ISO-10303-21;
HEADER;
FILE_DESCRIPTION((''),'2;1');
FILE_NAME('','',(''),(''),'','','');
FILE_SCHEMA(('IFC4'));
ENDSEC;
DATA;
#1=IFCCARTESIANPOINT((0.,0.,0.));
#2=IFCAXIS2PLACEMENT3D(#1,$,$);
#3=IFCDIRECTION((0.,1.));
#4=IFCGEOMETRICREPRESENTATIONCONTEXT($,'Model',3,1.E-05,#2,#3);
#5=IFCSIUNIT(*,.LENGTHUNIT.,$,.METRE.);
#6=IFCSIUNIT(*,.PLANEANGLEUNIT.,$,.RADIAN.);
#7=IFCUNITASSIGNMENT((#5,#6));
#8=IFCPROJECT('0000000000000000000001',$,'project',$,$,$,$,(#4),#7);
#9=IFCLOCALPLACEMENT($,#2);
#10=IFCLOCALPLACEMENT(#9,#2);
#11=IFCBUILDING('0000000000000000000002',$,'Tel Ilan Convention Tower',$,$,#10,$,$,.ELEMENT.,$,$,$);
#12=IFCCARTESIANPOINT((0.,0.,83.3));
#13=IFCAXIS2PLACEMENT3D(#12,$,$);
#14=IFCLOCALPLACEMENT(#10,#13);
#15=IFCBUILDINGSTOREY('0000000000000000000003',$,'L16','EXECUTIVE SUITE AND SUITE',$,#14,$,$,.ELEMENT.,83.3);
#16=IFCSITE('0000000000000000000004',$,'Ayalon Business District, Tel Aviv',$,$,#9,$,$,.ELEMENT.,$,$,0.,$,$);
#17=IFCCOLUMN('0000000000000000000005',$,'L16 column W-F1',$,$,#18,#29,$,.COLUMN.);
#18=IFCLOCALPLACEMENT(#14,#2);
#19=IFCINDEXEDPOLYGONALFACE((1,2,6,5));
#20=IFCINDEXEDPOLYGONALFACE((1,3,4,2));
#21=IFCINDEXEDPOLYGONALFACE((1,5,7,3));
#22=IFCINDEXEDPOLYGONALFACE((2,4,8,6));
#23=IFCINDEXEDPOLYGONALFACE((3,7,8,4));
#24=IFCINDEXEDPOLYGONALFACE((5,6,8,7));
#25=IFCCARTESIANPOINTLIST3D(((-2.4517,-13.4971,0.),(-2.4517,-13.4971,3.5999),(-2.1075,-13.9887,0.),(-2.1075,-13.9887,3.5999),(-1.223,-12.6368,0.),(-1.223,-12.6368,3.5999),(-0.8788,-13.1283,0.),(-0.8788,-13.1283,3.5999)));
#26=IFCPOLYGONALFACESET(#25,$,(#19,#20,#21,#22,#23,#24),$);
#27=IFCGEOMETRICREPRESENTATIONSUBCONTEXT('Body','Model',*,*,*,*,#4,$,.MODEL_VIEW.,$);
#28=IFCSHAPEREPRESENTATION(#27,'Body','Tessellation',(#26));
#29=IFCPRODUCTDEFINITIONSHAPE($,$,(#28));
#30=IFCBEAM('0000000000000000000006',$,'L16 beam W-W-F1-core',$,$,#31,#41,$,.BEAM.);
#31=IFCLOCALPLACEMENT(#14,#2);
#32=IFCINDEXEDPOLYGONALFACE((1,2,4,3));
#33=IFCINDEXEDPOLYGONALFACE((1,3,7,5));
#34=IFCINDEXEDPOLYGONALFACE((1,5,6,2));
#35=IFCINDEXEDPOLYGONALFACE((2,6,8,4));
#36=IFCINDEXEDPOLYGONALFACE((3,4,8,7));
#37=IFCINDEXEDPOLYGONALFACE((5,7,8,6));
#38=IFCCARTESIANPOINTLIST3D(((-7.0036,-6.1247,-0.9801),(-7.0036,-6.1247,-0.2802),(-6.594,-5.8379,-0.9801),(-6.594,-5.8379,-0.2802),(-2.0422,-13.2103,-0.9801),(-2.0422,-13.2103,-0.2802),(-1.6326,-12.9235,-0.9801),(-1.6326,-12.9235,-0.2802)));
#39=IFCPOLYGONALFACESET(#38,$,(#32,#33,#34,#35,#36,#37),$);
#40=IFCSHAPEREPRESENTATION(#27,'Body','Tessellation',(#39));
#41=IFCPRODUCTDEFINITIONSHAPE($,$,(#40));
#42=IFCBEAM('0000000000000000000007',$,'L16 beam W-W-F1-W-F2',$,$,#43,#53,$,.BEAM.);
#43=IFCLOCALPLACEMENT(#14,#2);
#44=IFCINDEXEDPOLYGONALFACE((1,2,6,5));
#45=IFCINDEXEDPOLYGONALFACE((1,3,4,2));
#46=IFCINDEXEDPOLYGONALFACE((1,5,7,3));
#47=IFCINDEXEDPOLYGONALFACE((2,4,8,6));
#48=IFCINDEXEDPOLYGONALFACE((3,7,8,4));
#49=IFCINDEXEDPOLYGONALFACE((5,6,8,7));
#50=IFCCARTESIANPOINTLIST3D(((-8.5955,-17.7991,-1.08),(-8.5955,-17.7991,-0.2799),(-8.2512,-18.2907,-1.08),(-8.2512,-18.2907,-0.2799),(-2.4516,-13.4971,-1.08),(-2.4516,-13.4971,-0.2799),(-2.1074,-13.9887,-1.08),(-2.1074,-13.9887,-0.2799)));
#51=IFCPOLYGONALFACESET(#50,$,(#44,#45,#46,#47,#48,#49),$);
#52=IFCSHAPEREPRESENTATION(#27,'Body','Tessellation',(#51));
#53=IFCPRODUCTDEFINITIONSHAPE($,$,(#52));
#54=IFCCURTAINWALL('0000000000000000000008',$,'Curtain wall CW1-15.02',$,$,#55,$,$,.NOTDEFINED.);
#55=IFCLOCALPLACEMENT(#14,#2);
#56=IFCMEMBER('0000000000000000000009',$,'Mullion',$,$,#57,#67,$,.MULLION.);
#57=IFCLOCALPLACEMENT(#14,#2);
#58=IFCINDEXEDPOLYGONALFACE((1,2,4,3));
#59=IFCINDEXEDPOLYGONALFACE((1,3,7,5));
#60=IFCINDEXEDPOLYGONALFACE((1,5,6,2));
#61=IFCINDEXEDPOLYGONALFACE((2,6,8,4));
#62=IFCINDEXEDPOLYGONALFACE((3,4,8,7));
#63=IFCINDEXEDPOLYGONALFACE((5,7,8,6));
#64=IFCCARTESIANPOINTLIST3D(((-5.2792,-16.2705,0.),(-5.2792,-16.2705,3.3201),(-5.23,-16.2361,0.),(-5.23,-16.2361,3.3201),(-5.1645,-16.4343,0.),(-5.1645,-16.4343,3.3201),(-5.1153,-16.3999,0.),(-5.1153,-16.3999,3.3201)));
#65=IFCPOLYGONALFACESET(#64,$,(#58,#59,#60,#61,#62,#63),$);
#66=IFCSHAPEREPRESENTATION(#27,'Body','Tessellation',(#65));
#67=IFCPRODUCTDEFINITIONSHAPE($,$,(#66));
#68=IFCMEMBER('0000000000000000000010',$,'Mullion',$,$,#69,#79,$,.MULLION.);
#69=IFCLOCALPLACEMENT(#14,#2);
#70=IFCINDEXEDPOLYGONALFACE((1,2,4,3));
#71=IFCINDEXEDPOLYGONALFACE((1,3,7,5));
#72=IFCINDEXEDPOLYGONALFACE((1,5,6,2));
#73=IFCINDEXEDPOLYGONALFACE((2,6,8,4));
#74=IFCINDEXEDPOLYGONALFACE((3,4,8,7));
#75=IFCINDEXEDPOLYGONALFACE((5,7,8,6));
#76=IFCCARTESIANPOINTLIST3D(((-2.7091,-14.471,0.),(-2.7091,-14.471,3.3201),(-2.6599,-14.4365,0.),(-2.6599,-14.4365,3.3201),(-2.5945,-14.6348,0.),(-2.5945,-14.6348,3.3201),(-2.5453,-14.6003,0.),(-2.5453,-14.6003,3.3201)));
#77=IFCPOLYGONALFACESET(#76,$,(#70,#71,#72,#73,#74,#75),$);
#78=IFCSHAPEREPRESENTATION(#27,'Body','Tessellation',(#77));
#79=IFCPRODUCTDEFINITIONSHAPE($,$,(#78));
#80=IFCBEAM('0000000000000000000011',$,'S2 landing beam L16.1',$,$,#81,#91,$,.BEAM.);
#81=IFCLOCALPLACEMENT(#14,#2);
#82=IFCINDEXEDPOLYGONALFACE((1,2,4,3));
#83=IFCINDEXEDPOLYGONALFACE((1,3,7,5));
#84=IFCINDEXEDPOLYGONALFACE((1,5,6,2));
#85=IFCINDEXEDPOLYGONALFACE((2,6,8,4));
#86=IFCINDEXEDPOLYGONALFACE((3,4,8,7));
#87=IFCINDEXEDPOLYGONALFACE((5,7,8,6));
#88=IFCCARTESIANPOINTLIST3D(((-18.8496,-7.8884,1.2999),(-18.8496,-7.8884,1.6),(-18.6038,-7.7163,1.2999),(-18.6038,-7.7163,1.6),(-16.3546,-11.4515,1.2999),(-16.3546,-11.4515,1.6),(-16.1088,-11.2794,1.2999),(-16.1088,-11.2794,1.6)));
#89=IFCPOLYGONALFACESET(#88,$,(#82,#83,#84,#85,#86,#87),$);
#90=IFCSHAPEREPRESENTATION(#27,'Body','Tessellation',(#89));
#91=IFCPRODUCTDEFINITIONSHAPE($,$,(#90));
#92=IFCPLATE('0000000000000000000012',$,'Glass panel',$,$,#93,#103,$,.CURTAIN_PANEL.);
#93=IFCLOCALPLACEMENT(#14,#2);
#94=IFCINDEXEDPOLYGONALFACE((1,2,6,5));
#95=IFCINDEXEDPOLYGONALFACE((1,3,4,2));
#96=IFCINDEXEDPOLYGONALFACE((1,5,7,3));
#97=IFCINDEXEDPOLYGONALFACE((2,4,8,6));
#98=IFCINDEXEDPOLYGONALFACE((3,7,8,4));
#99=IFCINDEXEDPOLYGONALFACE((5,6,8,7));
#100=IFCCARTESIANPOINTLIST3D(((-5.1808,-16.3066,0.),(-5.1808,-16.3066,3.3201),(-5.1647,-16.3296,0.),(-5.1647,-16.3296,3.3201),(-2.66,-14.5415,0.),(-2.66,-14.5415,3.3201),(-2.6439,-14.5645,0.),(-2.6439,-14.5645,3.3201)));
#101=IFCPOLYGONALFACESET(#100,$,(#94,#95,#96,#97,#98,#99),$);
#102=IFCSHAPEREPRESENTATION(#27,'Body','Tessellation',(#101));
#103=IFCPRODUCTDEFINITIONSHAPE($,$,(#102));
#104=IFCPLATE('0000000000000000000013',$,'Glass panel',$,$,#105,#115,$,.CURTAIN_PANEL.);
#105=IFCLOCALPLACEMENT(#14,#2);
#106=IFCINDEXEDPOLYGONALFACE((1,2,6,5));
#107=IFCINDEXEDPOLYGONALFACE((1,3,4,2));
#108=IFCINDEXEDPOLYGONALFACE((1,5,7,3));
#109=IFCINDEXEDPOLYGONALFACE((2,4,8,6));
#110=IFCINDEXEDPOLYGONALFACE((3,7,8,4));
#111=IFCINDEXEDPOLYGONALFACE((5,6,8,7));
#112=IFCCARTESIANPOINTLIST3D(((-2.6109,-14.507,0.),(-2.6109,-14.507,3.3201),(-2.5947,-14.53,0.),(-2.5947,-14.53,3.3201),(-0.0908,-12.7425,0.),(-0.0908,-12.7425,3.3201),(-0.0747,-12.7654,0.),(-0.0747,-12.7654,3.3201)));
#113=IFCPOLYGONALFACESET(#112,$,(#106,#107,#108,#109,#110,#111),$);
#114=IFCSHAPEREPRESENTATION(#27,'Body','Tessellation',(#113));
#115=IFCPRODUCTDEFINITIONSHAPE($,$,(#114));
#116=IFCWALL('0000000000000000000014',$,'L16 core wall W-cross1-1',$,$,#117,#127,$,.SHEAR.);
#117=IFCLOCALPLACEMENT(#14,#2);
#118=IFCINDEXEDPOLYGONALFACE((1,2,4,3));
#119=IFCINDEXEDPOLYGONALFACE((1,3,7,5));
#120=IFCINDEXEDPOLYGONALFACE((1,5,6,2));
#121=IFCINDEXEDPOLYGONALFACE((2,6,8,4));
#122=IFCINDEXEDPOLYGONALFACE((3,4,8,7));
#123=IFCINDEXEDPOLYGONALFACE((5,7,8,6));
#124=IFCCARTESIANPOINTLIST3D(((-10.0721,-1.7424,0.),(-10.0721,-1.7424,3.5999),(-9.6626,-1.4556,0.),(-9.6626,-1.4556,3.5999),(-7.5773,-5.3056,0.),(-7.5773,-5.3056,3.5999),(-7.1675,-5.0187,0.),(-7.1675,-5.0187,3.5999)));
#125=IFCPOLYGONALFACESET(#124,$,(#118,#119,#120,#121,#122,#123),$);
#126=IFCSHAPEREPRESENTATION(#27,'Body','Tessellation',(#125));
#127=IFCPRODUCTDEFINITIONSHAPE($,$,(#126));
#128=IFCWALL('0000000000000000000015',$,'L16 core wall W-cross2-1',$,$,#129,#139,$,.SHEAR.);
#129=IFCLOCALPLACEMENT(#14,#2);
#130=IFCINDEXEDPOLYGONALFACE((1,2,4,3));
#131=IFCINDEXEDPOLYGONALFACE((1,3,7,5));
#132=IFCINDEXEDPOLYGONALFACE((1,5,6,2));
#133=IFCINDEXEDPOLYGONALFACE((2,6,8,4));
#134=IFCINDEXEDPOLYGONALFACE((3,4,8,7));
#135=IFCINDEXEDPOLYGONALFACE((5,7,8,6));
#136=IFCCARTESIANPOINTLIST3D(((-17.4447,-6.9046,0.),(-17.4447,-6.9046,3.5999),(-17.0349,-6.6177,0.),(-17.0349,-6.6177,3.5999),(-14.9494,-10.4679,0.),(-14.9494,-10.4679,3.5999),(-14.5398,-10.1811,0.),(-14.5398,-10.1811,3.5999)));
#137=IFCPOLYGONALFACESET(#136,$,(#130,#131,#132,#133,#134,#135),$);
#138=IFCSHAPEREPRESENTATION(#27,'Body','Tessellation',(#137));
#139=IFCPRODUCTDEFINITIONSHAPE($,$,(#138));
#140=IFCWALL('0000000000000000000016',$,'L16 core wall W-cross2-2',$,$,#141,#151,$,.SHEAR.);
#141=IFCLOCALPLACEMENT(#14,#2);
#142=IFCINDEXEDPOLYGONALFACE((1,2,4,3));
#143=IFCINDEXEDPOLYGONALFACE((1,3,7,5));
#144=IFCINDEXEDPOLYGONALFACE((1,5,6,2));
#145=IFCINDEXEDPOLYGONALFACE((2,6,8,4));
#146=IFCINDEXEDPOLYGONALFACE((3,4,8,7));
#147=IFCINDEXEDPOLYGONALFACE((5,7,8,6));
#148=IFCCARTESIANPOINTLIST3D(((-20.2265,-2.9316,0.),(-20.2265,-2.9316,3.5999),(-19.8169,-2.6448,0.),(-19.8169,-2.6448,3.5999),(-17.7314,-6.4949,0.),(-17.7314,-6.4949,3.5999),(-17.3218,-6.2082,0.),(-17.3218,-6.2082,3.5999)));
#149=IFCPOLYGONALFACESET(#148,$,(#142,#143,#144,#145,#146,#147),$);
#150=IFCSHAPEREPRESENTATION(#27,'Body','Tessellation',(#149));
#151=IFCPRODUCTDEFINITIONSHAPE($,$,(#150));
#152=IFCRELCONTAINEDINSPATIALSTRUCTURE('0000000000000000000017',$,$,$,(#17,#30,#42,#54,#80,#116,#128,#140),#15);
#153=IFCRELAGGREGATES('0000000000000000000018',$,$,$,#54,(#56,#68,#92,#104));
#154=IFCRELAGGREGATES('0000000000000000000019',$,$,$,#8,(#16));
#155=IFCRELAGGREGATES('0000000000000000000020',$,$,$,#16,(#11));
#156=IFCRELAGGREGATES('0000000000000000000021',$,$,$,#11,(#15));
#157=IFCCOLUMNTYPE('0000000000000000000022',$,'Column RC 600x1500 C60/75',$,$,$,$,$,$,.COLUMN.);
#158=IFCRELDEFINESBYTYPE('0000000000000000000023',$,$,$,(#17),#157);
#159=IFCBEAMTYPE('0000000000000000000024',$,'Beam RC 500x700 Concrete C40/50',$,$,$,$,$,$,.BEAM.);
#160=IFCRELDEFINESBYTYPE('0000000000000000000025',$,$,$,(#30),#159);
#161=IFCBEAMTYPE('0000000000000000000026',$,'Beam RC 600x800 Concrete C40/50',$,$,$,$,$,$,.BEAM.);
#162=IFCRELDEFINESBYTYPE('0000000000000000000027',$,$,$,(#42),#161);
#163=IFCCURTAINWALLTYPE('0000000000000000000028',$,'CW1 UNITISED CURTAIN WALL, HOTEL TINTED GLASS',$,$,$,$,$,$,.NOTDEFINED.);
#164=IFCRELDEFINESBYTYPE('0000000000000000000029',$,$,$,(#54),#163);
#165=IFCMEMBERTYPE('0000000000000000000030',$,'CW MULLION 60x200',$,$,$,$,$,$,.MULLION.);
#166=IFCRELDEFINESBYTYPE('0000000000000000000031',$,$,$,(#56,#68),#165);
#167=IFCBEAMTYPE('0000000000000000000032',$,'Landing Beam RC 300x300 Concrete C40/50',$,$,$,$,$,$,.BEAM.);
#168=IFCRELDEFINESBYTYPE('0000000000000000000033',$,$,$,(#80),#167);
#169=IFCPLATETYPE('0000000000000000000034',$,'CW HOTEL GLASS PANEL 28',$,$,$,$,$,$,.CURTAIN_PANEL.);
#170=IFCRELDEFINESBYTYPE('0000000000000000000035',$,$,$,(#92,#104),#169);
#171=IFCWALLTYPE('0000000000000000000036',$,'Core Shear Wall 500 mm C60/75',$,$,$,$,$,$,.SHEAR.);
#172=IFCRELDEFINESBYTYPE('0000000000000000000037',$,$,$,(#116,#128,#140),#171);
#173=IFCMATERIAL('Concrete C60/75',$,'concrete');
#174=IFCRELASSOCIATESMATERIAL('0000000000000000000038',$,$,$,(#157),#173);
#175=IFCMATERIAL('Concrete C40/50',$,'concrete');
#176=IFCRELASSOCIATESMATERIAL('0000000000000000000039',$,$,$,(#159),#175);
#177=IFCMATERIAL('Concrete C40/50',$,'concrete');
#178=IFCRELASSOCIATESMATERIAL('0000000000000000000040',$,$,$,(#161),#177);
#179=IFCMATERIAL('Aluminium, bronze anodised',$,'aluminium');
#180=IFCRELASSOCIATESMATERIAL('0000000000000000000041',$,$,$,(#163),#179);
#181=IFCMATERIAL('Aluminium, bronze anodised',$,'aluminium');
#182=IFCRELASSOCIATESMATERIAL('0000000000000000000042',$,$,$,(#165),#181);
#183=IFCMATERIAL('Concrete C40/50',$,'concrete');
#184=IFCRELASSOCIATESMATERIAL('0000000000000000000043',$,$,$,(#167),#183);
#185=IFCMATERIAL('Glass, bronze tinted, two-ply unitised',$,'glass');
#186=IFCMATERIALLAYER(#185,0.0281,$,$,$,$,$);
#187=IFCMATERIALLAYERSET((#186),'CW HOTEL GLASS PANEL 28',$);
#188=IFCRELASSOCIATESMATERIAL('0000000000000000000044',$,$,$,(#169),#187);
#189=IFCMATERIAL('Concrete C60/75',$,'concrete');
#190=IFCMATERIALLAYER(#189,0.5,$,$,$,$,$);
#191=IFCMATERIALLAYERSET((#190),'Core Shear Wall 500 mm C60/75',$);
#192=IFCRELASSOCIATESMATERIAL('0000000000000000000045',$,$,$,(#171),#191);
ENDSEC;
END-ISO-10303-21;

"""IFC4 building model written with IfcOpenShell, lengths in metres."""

from ifc_helpers import new_model, si_unit, direction, frame, origin, origin_2d, place, context, subcontext, project, spatial, polyline, rectangle, outline, extrude, material, layer, layer_set, material_profile, profile_set, type_object, element, aggregate, save


model = new_model("IFC4")

# Units and contexts
model_context = context("Model", 3, precision=1e-05, world=origin(), true_north=direction((0.0, 1.0)))
body_context = subcontext(model_context, "Body", "Model", "MODEL_VIEW")
ifc_project = project(units=[si_unit("LENGTHUNIT", "METRE"), si_unit("PLANEANGLEUNIT", "RADIAN")], contexts=[model_context])

# Site, building, storey
site_placement = place(None, origin())
site = spatial("IfcSite", under=ifc_project, at=site_placement, Name="Ayalon Business District, Tel Aviv", CompositionType="ELEMENT", RefElevation=0.0)
building_placement = place(site_placement, origin())
building = spatial("IfcBuilding", under=site, at=building_placement, Name="Tel Ilan Convention Tower", CompositionType="ELEMENT")
storey_placement = place(building_placement, frame((0.0, 0.0, 83.3)))
storey = spatial("IfcBuildingStorey", under=building, at=storey_placement, Name="L16", Description="EXECUTIVE SUITE AND SUITE", CompositionType="ELEMENT", Elevation=83.3)

# Column
ifc_material_1 = material(Name="Concrete C60/75", Category="concrete")
ifc_material_profile_1 = material_profile(ifc_material_1, rectangle(XDim=1.5, YDim=0.6001, at=origin_2d()), Name="RC 600x1500")
ifc_profile_set_1 = profile_set([ifc_material_profile_1], Name="Concrete C60/75")
column_type = type_object("IfcColumnType", Name="Column RC 600x1500 C60/75", PredefinedType="COLUMN", material=ifc_profile_set_1)
column_placement = place(storey_placement, frame((-1.6653, -13.3127, 0.0), z_axis=(0.0, 0.0, 1.0), x_axis=(-0.819152, -0.573576, 0.0)))
element("IfcColumn", 1, at=column_placement, inside=storey, type_object=column_type, Name="L16 column W-F1", PredefinedType="COLUMN", context=body_context, shape_type="SweptSolid", body=[
    extrude(rectangle(XDim=1.5, YDim=0.6001, at=origin_2d()), origin(), (0.0, 0.0, 1.0), 3.5999),
])

# Beams
ifc_material_2 = material(Name="Concrete C40/50", Category="concrete")
ifc_material_profile_2 = material_profile(ifc_material_2, rectangle(XDim=0.5, YDim=0.7, at=origin_2d()), Name="RC 500x700")
ifc_profile_set_2 = profile_set([ifc_material_profile_2], Name="Concrete C40/50")
beam_type_1 = type_object("IfcBeamType", Name="Beam RC 500x700 Concrete C40/50", PredefinedType="BEAM", material=ifc_profile_set_2)
beam_1_placement = place(storey_placement, frame((-1.8374, -13.0669, -0.6301), z_axis=(-0.573574, 0.819154, 0.0), x_axis=(-0.819154, -0.573574, 0.0)))
element("IfcBeam", 2, at=beam_1_placement, inside=storey, type_object=beam_type_1, Name="L16 beam W-W-F1-core", PredefinedType="BEAM", context=body_context, shape_type="SweptSolid", body=[
    extrude(rectangle(XDim=0.5, YDim=0.7, at=origin_2d()), origin(), (0.0, 0.0, 1.0), 8.6499),
])
ifc_material_3 = material(Name="Concrete C40/50", Category="concrete")
ifc_material_profile_3 = material_profile(ifc_material_3, rectangle(XDim=0.6001, YDim=0.8, at=origin_2d()), Name="RC 600x800")
ifc_profile_set_3 = profile_set([ifc_material_profile_3], Name="Concrete C40/50")
beam_type_2 = type_object("IfcBeamType", Name="Beam RC 600x800 Concrete C40/50", PredefinedType="BEAM", material=ifc_profile_set_3)
beam_2_placement = place(storey_placement, frame((-2.2795, -13.7429, -0.6799), z_axis=(-0.819148, -0.573582, 0.0), x_axis=(0.573582, -0.819148, 0.0)))
element("IfcBeam", 3, at=beam_2_placement, inside=storey, type_object=beam_type_2, Name="L16 beam W-W-F1-W-F2", PredefinedType="BEAM", context=body_context, shape_type="SweptSolid", body=[
    extrude(rectangle(XDim=0.6001, YDim=0.8, at=origin_2d()), origin(), (0.0, 0.0, 1.0), 7.5002),
])

# Curtain wall, members
ifc_material_4 = material(Name="Aluminium, bronze anodised", Category="aluminium")
curtain_wall_type = type_object("IfcCurtainWallType", Name="CW1 UNITISED CURTAIN WALL, HOTEL TINTED GLASS", PredefinedType="NOTDEFINED", material=ifc_material_4)
curtain_wall_placement = place(storey_placement, origin())
curtain_wall = element("IfcCurtainWall", 4, at=curtain_wall_placement, inside=storey, type_object=curtain_wall_type, Name="Curtain wall CW1-15.02", PredefinedType="NOTDEFINED")
ifc_material_5 = material(Name="Aluminium, bronze anodised", Category="aluminium")
ifc_material_profile_4 = material_profile(ifc_material_5, rectangle(XDim=0.0601, YDim=0.2, at=origin_2d()), Name="CW MULLION 60x200")
ifc_profile_set_4 = profile_set([ifc_material_profile_4], Name="Aluminium, bronze anodised")
member_type = type_object("IfcMemberType", Name="CW MULLION 60x200", PredefinedType="MULLION", material=ifc_profile_set_4)
member_1_placement = place(storey_placement, frame((-5.1973, -16.3352, 0.0), z_axis=(0.0, 0.0, 1.0), x_axis=(0.819152, 0.573576, 0.0)))
member_1 = element("IfcMember", 5, at=member_1_placement, type_object=member_type, Name="Mullion", PredefinedType="MULLION", context=body_context, shape_type="SweptSolid", body=[
    extrude(rectangle(XDim=0.0601, YDim=0.2, at=origin_2d()), origin(), (0.0, 0.0, 1.0), 3.3201),
])
member_2_placement = place(storey_placement, frame((-2.6272, -14.5356, 0.0), z_axis=(0.0, 0.0, 1.0), x_axis=(0.819152, 0.573576, 0.0)))
member_2 = element("IfcMember", 6, at=member_2_placement, type_object=member_type, Name="Mullion", PredefinedType="MULLION", context=body_context, shape_type="SweptSolid", body=[
    extrude(rectangle(XDim=0.0601, YDim=0.2, at=origin_2d()), origin(), (0.0, 0.0, 1.0), 3.3201),
])

# Beam
ifc_material_6 = material(Name="Concrete C40/50", Category="concrete")
ifc_material_profile_5 = material_profile(ifc_material_6, rectangle(XDim=0.3, YDim=0.3, at=origin_2d()), Name="RC 300x300")
ifc_profile_set_5 = profile_set([ifc_material_profile_5], Name="Concrete C40/50")
beam_type_3 = type_object("IfcBeamType", Name="Landing Beam RC 300x300 Concrete C40/50", PredefinedType="BEAM", material=ifc_profile_set_5)
beam_3_placement = place(storey_placement, frame((-16.2317, -11.3655, 1.45), z_axis=(-0.573594, 0.81914, 0.0), x_axis=(-0.81914, -0.573594, 0.0)))
element("IfcBeam", 7, at=beam_3_placement, inside=storey, type_object=beam_type_3, Name="S2 landing beam L16.1", PredefinedType="BEAM", context=body_context, shape_type="SweptSolid", body=[
    extrude(rectangle(XDim=0.3, YDim=0.3, at=origin_2d()), origin(), (0.0, 0.0, 1.0), 4.3499),
])

# Plates
ifc_material_7 = material(Name="Glass, bronze tinted, two-ply unitised", Category="glass")
ifc_layer_1 = layer(ifc_material_7, 0.0281)
ifc_layer_set_1 = layer_set([ifc_layer_1], Name="CW HOTEL GLASS PANEL 28")
plate_type = type_object("IfcPlateType", Name="CW HOTEL GLASS PANEL 28", PredefinedType="CURTAIN_PANEL", material=ifc_layer_set_1)
plate_1_placement = place(storey_placement, frame((-3.9124, -15.4355, 0.0), z_axis=(0.0, 0.0, 1.0), x_axis=(0.819152, 0.573576, 0.0)))
plate_1 = element("IfcPlate", 8, at=plate_1_placement, type_object=plate_type, Name="Glass panel", PredefinedType="CURTAIN_PANEL", context=body_context, shape_type="SweptSolid", body=[
    extrude(rectangle(XDim=3.0774, YDim=0.0281, at=origin_2d()), origin(), (0.0, 0.0, 1.0), 3.3201),
])
plate_2_placement = place(storey_placement, frame((-1.3428, -13.6362, 0.0), z_axis=(0.0, 0.0, 1.0), x_axis=(0.819152, 0.573576, 0.0)))
plate_2 = element("IfcPlate", 9, at=plate_2_placement, type_object=plate_type, Name="Glass panel", PredefinedType="CURTAIN_PANEL", context=body_context, shape_type="SweptSolid", body=[
    extrude(rectangle(XDim=3.0764, YDim=0.0281, at=origin_2d()), origin(), (0.0, 0.0, 1.0), 3.3201),
])
aggregate(curtain_wall, [member_1, member_2, plate_1, plate_2])

# Walls
ifc_material_8 = material(Name="Concrete C60/75", Category="concrete")
ifc_layer_2 = layer(ifc_material_8, 0.5)
ifc_layer_set_2 = layer_set([ifc_layer_2], Name="Core Shear Wall 500 mm C60/75")
wall_type_1 = type_object("IfcWallType", Name="Core Shear Wall 500 mm C60/75", PredefinedType="SHEAR", material=ifc_layer_set_2)
wall_1_placement = place(storey_placement, frame((-7.3723, -5.1621, 0.0), z_axis=(0.0, 0.0, 1.0), x_axis=(-0.573594, 0.81914, 0.0)))
element("IfcWall", 10, at=wall_1_placement, inside=storey, type_object=wall_type_1, Name="L16 core wall W-cross1-1", PredefinedType="SHEAR", context=body_context, shape_type="SweptSolid", body=[
    extrude(outline(polyline([(4.3499, 0.25), (0.0, 0.2502), (0.0, -0.25), (4.3499, -0.25), (4.3499, 0.25)])), origin(), (0.0, 0.0, 1.0), 3.5999),
])
wall_2_placement = place(storey_placement, frame((-14.7446, -10.3245, 0.0), z_axis=(0.0, 0.0, 1.0), x_axis=(-0.573568, 0.819158, 0.0)))
element("IfcWall", 11, at=wall_2_placement, inside=storey, type_object=wall_type_1, Name="L16 core wall W-cross2-1", PredefinedType="SHEAR", context=body_context, shape_type="SweptSolid", body=[
    extrude(outline(polyline([(4.3501, 0.2502), (0.0, 0.25), (0.0, -0.25), (4.3501, -0.25), (4.3501, 0.2502)])), origin(), (0.0, 0.0, 1.0), 3.5999),
])
wall_3_placement = place(storey_placement, frame((-17.5266, -6.3516, 0.0), z_axis=(0.0, 0.0, 1.0), x_axis=(-0.57353, 0.819184, 0.0)))
element("IfcWall", 12, at=wall_3_placement, inside=storey, type_object=wall_type_1, Name="L16 core wall W-cross2-2", PredefinedType="SHEAR", context=body_context, shape_type="SweptSolid", body=[
    extrude(outline(polyline([(4.3501, -0.2498), (4.3501, 0.2502), (0.0, 0.25), (0.0, -0.25), (4.3501, -0.2498)])), origin(), (0.0, 0.0, 1.0), 3.5999),
])

save(model, "model.ifc")
